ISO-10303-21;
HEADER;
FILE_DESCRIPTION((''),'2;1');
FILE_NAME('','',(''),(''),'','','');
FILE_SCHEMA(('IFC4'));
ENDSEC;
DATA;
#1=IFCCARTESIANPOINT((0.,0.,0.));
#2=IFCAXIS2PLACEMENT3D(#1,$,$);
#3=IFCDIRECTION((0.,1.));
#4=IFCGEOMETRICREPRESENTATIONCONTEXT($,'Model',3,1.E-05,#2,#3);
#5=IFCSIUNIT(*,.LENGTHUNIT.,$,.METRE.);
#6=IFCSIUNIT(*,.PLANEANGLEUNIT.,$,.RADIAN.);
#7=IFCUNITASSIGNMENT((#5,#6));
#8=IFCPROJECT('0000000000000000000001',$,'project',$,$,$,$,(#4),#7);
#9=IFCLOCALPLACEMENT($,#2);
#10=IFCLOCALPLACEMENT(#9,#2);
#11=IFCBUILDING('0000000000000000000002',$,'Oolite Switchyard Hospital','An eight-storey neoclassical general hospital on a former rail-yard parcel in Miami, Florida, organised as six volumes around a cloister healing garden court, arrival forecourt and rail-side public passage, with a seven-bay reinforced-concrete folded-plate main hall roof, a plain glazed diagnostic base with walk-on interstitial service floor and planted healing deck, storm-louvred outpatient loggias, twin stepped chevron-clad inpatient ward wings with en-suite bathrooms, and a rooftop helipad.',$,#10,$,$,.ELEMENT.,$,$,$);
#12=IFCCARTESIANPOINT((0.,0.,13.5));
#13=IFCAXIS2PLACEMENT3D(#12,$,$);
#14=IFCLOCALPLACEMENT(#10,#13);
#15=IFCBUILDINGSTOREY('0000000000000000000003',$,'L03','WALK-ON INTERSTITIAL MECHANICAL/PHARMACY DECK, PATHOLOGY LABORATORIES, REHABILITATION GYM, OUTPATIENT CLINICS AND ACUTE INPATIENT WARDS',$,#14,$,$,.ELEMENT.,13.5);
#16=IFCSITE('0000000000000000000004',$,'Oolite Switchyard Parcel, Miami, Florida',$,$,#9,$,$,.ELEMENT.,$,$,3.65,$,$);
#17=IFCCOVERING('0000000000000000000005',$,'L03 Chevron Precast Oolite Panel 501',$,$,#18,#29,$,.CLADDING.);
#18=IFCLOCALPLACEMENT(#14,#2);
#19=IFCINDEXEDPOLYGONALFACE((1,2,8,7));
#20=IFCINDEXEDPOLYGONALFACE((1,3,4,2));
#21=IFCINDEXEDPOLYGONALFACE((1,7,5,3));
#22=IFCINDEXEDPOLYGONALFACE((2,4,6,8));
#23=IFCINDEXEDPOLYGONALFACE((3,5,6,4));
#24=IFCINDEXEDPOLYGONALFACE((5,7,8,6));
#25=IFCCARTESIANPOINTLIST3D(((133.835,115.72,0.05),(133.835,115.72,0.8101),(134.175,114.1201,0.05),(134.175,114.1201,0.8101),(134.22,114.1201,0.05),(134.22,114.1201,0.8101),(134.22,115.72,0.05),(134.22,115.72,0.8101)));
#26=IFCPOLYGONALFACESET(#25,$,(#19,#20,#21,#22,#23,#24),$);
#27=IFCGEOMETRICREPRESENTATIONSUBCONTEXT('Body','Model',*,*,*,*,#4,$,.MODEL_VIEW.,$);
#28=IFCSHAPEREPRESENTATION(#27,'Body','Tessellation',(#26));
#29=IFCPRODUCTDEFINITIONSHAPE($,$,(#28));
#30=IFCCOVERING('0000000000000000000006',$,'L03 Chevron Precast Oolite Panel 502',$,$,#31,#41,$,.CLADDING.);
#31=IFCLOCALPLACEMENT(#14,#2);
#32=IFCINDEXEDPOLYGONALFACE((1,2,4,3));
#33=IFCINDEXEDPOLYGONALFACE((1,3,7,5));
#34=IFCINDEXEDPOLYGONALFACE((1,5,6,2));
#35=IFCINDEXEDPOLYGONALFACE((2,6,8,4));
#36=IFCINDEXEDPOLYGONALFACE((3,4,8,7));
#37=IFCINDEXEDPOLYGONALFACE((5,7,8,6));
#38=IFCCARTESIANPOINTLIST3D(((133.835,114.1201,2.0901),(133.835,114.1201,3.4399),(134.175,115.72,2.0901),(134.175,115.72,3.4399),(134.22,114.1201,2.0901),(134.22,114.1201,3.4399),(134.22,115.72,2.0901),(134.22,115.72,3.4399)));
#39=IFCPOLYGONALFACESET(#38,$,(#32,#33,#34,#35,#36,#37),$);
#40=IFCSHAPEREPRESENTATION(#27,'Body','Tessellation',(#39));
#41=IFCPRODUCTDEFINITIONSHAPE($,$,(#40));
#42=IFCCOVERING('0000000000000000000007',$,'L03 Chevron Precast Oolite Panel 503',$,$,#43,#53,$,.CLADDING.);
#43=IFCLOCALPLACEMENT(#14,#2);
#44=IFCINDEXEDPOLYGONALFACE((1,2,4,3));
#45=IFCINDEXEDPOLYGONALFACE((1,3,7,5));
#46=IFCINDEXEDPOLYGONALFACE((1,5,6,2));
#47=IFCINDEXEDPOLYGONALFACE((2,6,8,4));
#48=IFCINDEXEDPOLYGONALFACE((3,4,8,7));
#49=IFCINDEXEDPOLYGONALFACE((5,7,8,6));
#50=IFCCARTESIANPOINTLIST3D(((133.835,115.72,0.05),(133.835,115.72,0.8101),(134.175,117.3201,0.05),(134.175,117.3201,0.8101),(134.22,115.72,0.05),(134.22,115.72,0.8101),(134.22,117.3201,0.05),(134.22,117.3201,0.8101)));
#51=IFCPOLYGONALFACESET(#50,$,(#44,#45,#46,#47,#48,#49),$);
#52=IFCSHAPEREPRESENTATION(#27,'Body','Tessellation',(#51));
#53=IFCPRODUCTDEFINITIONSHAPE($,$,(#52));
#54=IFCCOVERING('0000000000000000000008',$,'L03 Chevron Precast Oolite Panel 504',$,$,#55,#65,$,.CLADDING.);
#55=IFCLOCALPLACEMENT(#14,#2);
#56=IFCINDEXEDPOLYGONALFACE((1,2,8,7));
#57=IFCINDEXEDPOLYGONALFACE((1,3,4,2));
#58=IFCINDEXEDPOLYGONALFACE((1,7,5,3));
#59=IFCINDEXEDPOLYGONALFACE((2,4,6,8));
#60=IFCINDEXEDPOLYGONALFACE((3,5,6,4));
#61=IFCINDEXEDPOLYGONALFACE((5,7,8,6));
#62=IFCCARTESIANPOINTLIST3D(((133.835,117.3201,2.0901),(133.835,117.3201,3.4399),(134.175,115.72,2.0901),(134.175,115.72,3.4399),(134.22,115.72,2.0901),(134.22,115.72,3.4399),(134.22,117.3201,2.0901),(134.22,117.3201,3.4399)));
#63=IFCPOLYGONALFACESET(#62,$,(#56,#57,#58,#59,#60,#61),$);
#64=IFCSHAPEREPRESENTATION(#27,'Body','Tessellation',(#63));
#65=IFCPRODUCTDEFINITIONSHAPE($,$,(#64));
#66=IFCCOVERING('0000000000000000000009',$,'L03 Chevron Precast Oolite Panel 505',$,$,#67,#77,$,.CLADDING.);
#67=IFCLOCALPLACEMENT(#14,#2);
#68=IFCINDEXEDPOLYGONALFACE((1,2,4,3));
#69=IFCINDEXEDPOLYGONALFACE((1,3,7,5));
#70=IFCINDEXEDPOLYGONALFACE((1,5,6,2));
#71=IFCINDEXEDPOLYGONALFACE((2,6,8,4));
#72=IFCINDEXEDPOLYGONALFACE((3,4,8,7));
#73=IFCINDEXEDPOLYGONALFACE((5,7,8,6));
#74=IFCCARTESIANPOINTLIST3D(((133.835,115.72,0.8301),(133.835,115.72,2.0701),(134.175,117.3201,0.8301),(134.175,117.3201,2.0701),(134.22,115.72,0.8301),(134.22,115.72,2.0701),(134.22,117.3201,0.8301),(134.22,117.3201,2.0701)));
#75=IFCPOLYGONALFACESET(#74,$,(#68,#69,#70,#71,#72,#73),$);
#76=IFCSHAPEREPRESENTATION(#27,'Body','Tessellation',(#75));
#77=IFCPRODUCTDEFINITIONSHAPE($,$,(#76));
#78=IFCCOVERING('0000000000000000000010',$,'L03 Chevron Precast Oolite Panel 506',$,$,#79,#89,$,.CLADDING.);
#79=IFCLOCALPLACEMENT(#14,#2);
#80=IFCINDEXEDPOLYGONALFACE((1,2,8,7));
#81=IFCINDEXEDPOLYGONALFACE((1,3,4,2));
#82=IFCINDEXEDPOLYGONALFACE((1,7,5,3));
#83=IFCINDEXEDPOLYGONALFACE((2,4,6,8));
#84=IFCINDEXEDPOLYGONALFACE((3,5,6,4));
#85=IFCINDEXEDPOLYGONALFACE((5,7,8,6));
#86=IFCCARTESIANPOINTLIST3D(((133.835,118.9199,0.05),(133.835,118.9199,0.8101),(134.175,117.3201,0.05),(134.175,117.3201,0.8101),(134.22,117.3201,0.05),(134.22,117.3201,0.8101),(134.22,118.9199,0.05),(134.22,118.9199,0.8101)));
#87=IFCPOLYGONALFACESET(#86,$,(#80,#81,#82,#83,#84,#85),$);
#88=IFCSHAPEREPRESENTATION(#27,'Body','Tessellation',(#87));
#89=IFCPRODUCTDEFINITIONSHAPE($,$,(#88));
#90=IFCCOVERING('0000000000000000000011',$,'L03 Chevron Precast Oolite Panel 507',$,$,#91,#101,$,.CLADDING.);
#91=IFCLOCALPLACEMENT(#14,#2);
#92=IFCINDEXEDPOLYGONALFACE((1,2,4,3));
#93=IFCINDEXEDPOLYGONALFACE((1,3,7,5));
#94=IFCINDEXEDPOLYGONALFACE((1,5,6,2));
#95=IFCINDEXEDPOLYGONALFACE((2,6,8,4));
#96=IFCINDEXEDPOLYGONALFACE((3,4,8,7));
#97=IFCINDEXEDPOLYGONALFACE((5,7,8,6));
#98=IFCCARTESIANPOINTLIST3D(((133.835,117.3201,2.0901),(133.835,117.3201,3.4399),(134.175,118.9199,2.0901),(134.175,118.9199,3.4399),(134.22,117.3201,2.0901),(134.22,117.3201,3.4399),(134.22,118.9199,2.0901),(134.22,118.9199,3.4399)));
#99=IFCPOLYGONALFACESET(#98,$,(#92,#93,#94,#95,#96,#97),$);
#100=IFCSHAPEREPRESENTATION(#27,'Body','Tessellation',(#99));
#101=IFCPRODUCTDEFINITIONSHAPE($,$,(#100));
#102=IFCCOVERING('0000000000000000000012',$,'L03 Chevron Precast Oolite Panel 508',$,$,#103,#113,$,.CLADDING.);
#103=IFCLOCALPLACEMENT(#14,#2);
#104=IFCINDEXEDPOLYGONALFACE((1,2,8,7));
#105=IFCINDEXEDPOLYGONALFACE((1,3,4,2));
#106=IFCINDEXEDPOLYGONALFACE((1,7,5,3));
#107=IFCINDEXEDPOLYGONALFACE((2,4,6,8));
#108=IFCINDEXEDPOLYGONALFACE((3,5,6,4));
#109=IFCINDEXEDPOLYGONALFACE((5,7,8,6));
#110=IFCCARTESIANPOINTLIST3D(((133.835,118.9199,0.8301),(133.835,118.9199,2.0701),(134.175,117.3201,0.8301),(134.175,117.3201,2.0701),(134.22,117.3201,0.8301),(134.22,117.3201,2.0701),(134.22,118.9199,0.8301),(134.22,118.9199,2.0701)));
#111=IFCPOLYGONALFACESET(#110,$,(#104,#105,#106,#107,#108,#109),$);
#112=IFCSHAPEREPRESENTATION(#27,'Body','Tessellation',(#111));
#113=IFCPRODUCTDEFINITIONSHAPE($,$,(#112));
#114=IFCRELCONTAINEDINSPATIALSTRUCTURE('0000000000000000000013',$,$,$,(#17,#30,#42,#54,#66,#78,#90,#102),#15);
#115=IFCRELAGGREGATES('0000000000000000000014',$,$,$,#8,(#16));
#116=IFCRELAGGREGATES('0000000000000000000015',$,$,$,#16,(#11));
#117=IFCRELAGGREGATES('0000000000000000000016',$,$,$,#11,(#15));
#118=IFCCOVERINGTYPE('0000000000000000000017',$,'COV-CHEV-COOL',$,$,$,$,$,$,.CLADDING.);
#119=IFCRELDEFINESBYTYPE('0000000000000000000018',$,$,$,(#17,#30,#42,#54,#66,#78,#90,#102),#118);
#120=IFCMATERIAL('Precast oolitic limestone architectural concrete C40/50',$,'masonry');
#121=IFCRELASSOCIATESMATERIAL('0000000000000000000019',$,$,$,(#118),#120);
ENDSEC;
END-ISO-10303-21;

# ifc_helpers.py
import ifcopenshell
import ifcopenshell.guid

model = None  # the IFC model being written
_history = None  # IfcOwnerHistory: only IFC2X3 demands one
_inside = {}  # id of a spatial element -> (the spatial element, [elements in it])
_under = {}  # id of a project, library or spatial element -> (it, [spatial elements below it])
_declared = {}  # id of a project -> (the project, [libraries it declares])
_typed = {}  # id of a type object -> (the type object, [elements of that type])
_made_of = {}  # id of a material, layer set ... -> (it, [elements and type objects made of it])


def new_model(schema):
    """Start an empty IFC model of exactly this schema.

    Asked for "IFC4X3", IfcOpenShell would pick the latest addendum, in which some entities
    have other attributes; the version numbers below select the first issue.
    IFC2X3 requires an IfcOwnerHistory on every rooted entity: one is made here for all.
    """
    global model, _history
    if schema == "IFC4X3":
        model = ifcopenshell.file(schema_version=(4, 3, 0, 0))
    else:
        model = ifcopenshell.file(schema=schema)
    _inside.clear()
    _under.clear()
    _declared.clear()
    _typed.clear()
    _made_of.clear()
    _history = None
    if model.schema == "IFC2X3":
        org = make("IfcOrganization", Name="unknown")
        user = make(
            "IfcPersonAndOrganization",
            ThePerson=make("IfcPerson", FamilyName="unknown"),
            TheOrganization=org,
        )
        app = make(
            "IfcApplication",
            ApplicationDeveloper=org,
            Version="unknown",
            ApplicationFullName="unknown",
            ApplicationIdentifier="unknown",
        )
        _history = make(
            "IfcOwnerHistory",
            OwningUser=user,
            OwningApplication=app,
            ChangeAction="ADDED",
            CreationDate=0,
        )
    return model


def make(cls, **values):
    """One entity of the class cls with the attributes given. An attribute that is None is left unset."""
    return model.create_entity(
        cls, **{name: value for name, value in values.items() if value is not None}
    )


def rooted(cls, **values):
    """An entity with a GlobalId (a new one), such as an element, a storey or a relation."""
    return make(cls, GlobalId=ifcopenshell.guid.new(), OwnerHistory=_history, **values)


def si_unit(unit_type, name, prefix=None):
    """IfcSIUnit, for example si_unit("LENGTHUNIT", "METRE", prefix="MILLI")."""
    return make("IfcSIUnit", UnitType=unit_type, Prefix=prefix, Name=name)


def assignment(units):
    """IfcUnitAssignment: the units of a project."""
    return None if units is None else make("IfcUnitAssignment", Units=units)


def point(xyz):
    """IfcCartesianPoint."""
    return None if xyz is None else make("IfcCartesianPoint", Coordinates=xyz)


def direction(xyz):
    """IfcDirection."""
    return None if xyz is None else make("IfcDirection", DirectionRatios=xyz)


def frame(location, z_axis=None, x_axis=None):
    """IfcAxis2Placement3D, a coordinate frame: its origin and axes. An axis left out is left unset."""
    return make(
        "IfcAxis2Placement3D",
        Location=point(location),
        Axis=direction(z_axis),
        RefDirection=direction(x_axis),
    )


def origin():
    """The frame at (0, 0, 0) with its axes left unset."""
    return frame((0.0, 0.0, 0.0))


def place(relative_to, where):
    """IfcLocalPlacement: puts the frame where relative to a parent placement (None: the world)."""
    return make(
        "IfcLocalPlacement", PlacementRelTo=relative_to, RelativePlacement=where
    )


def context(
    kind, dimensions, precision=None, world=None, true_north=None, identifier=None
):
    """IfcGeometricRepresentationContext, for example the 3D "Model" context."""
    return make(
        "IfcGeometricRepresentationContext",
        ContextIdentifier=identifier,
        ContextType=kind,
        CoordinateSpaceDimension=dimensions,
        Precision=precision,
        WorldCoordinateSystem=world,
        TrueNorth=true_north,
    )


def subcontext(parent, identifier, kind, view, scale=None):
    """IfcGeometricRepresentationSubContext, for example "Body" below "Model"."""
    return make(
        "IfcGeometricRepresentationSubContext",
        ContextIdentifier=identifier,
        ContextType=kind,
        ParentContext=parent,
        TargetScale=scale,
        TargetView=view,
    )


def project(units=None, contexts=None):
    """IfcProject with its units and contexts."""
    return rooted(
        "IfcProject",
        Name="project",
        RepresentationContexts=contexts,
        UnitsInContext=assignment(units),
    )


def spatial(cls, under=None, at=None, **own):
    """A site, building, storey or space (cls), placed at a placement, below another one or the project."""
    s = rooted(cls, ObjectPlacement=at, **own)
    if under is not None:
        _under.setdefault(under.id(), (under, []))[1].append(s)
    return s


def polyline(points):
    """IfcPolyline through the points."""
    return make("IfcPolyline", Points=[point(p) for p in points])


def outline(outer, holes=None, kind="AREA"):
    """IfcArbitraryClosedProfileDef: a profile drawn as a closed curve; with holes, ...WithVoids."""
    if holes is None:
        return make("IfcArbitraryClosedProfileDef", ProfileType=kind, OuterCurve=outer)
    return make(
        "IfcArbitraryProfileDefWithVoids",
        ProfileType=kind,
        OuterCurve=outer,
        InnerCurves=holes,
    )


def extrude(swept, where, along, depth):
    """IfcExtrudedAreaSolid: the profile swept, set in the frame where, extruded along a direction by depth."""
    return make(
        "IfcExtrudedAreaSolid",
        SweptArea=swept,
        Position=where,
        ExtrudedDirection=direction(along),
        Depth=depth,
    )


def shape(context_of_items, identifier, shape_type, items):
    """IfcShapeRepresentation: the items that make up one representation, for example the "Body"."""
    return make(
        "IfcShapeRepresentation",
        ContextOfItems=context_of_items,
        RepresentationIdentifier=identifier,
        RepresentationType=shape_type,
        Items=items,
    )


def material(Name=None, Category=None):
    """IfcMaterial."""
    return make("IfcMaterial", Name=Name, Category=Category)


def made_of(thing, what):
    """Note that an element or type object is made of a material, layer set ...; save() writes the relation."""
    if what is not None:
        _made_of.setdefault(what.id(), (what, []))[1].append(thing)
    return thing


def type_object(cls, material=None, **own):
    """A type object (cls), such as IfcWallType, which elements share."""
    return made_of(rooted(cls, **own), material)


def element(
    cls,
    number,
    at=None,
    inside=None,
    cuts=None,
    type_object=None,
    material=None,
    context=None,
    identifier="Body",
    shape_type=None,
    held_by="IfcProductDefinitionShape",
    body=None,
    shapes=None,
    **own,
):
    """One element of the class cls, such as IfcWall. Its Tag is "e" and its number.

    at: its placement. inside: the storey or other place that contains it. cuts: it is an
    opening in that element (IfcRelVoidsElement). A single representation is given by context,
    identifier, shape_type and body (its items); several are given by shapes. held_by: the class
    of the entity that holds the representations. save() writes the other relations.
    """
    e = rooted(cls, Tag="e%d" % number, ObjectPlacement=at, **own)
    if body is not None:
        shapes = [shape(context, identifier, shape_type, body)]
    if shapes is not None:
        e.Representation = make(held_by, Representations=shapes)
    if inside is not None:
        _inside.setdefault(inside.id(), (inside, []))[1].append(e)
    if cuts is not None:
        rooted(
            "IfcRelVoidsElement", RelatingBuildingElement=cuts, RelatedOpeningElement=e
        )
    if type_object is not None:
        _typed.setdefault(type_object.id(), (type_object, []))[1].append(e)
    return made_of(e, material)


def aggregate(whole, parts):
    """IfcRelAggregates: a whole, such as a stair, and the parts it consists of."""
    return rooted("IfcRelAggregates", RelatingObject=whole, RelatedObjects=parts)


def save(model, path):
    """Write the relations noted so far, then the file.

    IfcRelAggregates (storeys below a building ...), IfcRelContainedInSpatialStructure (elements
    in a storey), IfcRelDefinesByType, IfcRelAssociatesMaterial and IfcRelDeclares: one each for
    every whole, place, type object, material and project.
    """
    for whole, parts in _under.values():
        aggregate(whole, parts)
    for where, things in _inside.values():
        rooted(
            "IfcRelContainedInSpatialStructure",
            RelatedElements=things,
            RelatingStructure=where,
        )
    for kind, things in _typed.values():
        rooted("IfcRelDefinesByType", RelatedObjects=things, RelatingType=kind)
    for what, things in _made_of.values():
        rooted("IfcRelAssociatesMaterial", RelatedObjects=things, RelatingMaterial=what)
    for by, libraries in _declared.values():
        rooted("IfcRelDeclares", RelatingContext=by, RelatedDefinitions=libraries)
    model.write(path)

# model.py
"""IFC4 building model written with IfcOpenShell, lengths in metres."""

from ifc_helpers import new_model, si_unit, direction, frame, origin, place, context, subcontext, project, spatial, polyline, outline, extrude, material, type_object, element, save


model = new_model("IFC4")

# Units and contexts
model_context = context("Model", 3, precision=1e-05, world=origin(), true_north=direction((0.0, 1.0)))
body_context = subcontext(model_context, "Body", "Model", "MODEL_VIEW")
ifc_project = project(units=[si_unit("LENGTHUNIT", "METRE"), si_unit("PLANEANGLEUNIT", "RADIAN")], contexts=[model_context])

# Site, building, storey
site_placement = place(None, origin())
site = spatial("IfcSite", under=ifc_project, at=site_placement, Name="Oolite Switchyard Parcel, Miami, Florida", CompositionType="ELEMENT", RefElevation=3.65)
building_placement = place(site_placement, origin())
building = spatial("IfcBuilding", under=site, at=building_placement, Name="Oolite Switchyard Hospital", Description="An eight-storey neoclassical general hospital on a former rail-yard parcel in Miami, Florida, organised as six volumes around a cloister healing garden court, arrival forecourt and rail-side public passage, with a seven-bay reinforced-concrete folded-plate main hall roof, a plain glazed diagnostic base with walk-on interstitial service floor and planted healing deck, storm-louvred outpatient loggias, twin stepped chevron-clad inpatient ward wings with en-suite bathrooms, and a rooftop helipad.", CompositionType="ELEMENT")
storey_placement = place(building_placement, frame((0.0, 0.0, 13.5)))
storey = spatial("IfcBuildingStorey", under=building, at=storey_placement, Name="L03", Description="WALK-ON INTERSTITIAL MECHANICAL/PHARMACY DECK, PATHOLOGY LABORATORIES, REHABILITATION GYM, OUTPATIENT CLINICS AND ACUTE INPATIENT WARDS", CompositionType="ELEMENT", Elevation=13.5)

# Coverings
ifc_material_1 = material(Name="Precast oolitic limestone architectural concrete C40/50", Category="masonry")
covering_type = type_object("IfcCoveringType", Name="COV-CHEV-COOL", PredefinedType="CLADDING", material=ifc_material_1)
covering_1_placement = place(storey_placement, frame((134.22, 114.1201, 0.05), z_axis=(0.0, 0.0, 1.0), x_axis=(0.0, 1.0, 0.0)))
element("IfcCovering", 1, at=covering_1_placement, inside=storey, type_object=covering_type, Name="L03 Chevron Precast Oolite Panel 501", PredefinedType="CLADDING", context=body_context, shape_type="SweptSolid", body=[
    extrude(outline(polyline([(0.0, 0.0), (1.5999, 0.0), (1.5999, 0.385), (0.0, 0.0449), (0.0, 0.0)])), origin(), (0.0, 0.0, 1.0), 0.76),
])
covering_2_placement = place(storey_placement, frame((134.22, 114.1201, 2.0901), z_axis=(0.0, 0.0, 1.0), x_axis=(0.0, 1.0, 0.0)))
element("IfcCovering", 2, at=covering_2_placement, inside=storey, type_object=covering_type, Name="L03 Chevron Precast Oolite Panel 502", PredefinedType="CLADDING", context=body_context, shape_type="SweptSolid", body=[
    extrude(outline(polyline([(0.0, 0.0), (1.5999, 0.0), (1.5999, 0.0449), (0.0, 0.385), (0.0, 0.0)])), origin(), (0.0, 0.0, 1.0), 1.3499),
])
covering_3_placement = place(storey_placement, frame((134.22, 115.72, 0.05), z_axis=(0.0, 0.0, 1.0), x_axis=(0.0, 1.0, 0.0)))
element("IfcCovering", 3, at=covering_3_placement, inside=storey, type_object=covering_type, Name="L03 Chevron Precast Oolite Panel 503", PredefinedType="CLADDING", context=body_context, shape_type="SweptSolid", body=[
    extrude(outline(polyline([(0.0, 0.0), (1.6001, 0.0), (1.6001, 0.0449), (0.0, 0.385), (0.0, 0.0)])), origin(), (0.0, 0.0, 1.0), 0.76),
])
covering_4_placement = place(storey_placement, frame((134.22, 115.72, 2.0901), z_axis=(0.0, 0.0, 1.0), x_axis=(0.0, 1.0, 0.0)))
element("IfcCovering", 4, at=covering_4_placement, inside=storey, type_object=covering_type, Name="L03 Chevron Precast Oolite Panel 504", PredefinedType="CLADDING", context=body_context, shape_type="SweptSolid", body=[
    extrude(outline(polyline([(0.0, 0.0), (1.6001, 0.0), (1.6001, 0.385), (0.0, 0.0449), (0.0, 0.0)])), origin(), (0.0, 0.0, 1.0), 1.3499),
])
covering_5_placement = place(storey_placement, frame((134.22, 115.72, 0.8301), z_axis=(0.0, 0.0, 1.0), x_axis=(0.0, 1.0, 0.0)))
element("IfcCovering", 5, at=covering_5_placement, inside=storey, type_object=covering_type, Name="L03 Chevron Precast Oolite Panel 505", PredefinedType="CLADDING", context=body_context, shape_type="SweptSolid", body=[
    extrude(outline(polyline([(0.0, 0.0), (1.6001, 0.0), (1.6001, 0.0449), (0.0, 0.385), (0.0, 0.0)])), origin(), (0.0, 0.0, 1.0), 1.24),
])
covering_6_placement = place(storey_placement, frame((134.22, 117.3201, 0.05), z_axis=(0.0, 0.0, 1.0), x_axis=(0.0, 1.0, 0.0)))
element("IfcCovering", 6, at=covering_6_placement, inside=storey, type_object=covering_type, Name="L03 Chevron Precast Oolite Panel 506", PredefinedType="CLADDING", context=body_context, shape_type="SweptSolid", body=[
    extrude(outline(polyline([(0.0, 0.0), (1.5999, 0.0), (1.5999, 0.385), (0.0, 0.0449), (0.0, 0.0)])), origin(), (0.0, 0.0, 1.0), 0.76),
])
covering_7_placement = place(storey_placement, frame((134.22, 117.3201, 2.0901), z_axis=(0.0, 0.0, 1.0), x_axis=(0.0, 1.0, 0.0)))
element("IfcCovering", 7, at=covering_7_placement, inside=storey, type_object=covering_type, Name="L03 Chevron Precast Oolite Panel 507", PredefinedType="CLADDING", context=body_context, shape_type="SweptSolid", body=[
    extrude(outline(polyline([(0.0, 0.0), (1.5999, 0.0), (1.5999, 0.0449), (0.0, 0.385), (0.0, 0.0)])), origin(), (0.0, 0.0, 1.0), 1.3499),
])
covering_8_placement = place(storey_placement, frame((134.22, 117.3201, 0.8301), z_axis=(0.0, 0.0, 1.0), x_axis=(0.0, 1.0, 0.0)))
element("IfcCovering", 8, at=covering_8_placement, inside=storey, type_object=covering_type, Name="L03 Chevron Precast Oolite Panel 508", PredefinedType="CLADDING", context=body_context, shape_type="SweptSolid", body=[
    extrude(outline(polyline([(0.0, 0.0), (1.5999, 0.0), (1.5999, 0.385), (0.0, 0.0449), (0.0, 0.0)])), origin(), (0.0, 0.0, 1.0), 1.24),
])

save(model, "model.ifc")
